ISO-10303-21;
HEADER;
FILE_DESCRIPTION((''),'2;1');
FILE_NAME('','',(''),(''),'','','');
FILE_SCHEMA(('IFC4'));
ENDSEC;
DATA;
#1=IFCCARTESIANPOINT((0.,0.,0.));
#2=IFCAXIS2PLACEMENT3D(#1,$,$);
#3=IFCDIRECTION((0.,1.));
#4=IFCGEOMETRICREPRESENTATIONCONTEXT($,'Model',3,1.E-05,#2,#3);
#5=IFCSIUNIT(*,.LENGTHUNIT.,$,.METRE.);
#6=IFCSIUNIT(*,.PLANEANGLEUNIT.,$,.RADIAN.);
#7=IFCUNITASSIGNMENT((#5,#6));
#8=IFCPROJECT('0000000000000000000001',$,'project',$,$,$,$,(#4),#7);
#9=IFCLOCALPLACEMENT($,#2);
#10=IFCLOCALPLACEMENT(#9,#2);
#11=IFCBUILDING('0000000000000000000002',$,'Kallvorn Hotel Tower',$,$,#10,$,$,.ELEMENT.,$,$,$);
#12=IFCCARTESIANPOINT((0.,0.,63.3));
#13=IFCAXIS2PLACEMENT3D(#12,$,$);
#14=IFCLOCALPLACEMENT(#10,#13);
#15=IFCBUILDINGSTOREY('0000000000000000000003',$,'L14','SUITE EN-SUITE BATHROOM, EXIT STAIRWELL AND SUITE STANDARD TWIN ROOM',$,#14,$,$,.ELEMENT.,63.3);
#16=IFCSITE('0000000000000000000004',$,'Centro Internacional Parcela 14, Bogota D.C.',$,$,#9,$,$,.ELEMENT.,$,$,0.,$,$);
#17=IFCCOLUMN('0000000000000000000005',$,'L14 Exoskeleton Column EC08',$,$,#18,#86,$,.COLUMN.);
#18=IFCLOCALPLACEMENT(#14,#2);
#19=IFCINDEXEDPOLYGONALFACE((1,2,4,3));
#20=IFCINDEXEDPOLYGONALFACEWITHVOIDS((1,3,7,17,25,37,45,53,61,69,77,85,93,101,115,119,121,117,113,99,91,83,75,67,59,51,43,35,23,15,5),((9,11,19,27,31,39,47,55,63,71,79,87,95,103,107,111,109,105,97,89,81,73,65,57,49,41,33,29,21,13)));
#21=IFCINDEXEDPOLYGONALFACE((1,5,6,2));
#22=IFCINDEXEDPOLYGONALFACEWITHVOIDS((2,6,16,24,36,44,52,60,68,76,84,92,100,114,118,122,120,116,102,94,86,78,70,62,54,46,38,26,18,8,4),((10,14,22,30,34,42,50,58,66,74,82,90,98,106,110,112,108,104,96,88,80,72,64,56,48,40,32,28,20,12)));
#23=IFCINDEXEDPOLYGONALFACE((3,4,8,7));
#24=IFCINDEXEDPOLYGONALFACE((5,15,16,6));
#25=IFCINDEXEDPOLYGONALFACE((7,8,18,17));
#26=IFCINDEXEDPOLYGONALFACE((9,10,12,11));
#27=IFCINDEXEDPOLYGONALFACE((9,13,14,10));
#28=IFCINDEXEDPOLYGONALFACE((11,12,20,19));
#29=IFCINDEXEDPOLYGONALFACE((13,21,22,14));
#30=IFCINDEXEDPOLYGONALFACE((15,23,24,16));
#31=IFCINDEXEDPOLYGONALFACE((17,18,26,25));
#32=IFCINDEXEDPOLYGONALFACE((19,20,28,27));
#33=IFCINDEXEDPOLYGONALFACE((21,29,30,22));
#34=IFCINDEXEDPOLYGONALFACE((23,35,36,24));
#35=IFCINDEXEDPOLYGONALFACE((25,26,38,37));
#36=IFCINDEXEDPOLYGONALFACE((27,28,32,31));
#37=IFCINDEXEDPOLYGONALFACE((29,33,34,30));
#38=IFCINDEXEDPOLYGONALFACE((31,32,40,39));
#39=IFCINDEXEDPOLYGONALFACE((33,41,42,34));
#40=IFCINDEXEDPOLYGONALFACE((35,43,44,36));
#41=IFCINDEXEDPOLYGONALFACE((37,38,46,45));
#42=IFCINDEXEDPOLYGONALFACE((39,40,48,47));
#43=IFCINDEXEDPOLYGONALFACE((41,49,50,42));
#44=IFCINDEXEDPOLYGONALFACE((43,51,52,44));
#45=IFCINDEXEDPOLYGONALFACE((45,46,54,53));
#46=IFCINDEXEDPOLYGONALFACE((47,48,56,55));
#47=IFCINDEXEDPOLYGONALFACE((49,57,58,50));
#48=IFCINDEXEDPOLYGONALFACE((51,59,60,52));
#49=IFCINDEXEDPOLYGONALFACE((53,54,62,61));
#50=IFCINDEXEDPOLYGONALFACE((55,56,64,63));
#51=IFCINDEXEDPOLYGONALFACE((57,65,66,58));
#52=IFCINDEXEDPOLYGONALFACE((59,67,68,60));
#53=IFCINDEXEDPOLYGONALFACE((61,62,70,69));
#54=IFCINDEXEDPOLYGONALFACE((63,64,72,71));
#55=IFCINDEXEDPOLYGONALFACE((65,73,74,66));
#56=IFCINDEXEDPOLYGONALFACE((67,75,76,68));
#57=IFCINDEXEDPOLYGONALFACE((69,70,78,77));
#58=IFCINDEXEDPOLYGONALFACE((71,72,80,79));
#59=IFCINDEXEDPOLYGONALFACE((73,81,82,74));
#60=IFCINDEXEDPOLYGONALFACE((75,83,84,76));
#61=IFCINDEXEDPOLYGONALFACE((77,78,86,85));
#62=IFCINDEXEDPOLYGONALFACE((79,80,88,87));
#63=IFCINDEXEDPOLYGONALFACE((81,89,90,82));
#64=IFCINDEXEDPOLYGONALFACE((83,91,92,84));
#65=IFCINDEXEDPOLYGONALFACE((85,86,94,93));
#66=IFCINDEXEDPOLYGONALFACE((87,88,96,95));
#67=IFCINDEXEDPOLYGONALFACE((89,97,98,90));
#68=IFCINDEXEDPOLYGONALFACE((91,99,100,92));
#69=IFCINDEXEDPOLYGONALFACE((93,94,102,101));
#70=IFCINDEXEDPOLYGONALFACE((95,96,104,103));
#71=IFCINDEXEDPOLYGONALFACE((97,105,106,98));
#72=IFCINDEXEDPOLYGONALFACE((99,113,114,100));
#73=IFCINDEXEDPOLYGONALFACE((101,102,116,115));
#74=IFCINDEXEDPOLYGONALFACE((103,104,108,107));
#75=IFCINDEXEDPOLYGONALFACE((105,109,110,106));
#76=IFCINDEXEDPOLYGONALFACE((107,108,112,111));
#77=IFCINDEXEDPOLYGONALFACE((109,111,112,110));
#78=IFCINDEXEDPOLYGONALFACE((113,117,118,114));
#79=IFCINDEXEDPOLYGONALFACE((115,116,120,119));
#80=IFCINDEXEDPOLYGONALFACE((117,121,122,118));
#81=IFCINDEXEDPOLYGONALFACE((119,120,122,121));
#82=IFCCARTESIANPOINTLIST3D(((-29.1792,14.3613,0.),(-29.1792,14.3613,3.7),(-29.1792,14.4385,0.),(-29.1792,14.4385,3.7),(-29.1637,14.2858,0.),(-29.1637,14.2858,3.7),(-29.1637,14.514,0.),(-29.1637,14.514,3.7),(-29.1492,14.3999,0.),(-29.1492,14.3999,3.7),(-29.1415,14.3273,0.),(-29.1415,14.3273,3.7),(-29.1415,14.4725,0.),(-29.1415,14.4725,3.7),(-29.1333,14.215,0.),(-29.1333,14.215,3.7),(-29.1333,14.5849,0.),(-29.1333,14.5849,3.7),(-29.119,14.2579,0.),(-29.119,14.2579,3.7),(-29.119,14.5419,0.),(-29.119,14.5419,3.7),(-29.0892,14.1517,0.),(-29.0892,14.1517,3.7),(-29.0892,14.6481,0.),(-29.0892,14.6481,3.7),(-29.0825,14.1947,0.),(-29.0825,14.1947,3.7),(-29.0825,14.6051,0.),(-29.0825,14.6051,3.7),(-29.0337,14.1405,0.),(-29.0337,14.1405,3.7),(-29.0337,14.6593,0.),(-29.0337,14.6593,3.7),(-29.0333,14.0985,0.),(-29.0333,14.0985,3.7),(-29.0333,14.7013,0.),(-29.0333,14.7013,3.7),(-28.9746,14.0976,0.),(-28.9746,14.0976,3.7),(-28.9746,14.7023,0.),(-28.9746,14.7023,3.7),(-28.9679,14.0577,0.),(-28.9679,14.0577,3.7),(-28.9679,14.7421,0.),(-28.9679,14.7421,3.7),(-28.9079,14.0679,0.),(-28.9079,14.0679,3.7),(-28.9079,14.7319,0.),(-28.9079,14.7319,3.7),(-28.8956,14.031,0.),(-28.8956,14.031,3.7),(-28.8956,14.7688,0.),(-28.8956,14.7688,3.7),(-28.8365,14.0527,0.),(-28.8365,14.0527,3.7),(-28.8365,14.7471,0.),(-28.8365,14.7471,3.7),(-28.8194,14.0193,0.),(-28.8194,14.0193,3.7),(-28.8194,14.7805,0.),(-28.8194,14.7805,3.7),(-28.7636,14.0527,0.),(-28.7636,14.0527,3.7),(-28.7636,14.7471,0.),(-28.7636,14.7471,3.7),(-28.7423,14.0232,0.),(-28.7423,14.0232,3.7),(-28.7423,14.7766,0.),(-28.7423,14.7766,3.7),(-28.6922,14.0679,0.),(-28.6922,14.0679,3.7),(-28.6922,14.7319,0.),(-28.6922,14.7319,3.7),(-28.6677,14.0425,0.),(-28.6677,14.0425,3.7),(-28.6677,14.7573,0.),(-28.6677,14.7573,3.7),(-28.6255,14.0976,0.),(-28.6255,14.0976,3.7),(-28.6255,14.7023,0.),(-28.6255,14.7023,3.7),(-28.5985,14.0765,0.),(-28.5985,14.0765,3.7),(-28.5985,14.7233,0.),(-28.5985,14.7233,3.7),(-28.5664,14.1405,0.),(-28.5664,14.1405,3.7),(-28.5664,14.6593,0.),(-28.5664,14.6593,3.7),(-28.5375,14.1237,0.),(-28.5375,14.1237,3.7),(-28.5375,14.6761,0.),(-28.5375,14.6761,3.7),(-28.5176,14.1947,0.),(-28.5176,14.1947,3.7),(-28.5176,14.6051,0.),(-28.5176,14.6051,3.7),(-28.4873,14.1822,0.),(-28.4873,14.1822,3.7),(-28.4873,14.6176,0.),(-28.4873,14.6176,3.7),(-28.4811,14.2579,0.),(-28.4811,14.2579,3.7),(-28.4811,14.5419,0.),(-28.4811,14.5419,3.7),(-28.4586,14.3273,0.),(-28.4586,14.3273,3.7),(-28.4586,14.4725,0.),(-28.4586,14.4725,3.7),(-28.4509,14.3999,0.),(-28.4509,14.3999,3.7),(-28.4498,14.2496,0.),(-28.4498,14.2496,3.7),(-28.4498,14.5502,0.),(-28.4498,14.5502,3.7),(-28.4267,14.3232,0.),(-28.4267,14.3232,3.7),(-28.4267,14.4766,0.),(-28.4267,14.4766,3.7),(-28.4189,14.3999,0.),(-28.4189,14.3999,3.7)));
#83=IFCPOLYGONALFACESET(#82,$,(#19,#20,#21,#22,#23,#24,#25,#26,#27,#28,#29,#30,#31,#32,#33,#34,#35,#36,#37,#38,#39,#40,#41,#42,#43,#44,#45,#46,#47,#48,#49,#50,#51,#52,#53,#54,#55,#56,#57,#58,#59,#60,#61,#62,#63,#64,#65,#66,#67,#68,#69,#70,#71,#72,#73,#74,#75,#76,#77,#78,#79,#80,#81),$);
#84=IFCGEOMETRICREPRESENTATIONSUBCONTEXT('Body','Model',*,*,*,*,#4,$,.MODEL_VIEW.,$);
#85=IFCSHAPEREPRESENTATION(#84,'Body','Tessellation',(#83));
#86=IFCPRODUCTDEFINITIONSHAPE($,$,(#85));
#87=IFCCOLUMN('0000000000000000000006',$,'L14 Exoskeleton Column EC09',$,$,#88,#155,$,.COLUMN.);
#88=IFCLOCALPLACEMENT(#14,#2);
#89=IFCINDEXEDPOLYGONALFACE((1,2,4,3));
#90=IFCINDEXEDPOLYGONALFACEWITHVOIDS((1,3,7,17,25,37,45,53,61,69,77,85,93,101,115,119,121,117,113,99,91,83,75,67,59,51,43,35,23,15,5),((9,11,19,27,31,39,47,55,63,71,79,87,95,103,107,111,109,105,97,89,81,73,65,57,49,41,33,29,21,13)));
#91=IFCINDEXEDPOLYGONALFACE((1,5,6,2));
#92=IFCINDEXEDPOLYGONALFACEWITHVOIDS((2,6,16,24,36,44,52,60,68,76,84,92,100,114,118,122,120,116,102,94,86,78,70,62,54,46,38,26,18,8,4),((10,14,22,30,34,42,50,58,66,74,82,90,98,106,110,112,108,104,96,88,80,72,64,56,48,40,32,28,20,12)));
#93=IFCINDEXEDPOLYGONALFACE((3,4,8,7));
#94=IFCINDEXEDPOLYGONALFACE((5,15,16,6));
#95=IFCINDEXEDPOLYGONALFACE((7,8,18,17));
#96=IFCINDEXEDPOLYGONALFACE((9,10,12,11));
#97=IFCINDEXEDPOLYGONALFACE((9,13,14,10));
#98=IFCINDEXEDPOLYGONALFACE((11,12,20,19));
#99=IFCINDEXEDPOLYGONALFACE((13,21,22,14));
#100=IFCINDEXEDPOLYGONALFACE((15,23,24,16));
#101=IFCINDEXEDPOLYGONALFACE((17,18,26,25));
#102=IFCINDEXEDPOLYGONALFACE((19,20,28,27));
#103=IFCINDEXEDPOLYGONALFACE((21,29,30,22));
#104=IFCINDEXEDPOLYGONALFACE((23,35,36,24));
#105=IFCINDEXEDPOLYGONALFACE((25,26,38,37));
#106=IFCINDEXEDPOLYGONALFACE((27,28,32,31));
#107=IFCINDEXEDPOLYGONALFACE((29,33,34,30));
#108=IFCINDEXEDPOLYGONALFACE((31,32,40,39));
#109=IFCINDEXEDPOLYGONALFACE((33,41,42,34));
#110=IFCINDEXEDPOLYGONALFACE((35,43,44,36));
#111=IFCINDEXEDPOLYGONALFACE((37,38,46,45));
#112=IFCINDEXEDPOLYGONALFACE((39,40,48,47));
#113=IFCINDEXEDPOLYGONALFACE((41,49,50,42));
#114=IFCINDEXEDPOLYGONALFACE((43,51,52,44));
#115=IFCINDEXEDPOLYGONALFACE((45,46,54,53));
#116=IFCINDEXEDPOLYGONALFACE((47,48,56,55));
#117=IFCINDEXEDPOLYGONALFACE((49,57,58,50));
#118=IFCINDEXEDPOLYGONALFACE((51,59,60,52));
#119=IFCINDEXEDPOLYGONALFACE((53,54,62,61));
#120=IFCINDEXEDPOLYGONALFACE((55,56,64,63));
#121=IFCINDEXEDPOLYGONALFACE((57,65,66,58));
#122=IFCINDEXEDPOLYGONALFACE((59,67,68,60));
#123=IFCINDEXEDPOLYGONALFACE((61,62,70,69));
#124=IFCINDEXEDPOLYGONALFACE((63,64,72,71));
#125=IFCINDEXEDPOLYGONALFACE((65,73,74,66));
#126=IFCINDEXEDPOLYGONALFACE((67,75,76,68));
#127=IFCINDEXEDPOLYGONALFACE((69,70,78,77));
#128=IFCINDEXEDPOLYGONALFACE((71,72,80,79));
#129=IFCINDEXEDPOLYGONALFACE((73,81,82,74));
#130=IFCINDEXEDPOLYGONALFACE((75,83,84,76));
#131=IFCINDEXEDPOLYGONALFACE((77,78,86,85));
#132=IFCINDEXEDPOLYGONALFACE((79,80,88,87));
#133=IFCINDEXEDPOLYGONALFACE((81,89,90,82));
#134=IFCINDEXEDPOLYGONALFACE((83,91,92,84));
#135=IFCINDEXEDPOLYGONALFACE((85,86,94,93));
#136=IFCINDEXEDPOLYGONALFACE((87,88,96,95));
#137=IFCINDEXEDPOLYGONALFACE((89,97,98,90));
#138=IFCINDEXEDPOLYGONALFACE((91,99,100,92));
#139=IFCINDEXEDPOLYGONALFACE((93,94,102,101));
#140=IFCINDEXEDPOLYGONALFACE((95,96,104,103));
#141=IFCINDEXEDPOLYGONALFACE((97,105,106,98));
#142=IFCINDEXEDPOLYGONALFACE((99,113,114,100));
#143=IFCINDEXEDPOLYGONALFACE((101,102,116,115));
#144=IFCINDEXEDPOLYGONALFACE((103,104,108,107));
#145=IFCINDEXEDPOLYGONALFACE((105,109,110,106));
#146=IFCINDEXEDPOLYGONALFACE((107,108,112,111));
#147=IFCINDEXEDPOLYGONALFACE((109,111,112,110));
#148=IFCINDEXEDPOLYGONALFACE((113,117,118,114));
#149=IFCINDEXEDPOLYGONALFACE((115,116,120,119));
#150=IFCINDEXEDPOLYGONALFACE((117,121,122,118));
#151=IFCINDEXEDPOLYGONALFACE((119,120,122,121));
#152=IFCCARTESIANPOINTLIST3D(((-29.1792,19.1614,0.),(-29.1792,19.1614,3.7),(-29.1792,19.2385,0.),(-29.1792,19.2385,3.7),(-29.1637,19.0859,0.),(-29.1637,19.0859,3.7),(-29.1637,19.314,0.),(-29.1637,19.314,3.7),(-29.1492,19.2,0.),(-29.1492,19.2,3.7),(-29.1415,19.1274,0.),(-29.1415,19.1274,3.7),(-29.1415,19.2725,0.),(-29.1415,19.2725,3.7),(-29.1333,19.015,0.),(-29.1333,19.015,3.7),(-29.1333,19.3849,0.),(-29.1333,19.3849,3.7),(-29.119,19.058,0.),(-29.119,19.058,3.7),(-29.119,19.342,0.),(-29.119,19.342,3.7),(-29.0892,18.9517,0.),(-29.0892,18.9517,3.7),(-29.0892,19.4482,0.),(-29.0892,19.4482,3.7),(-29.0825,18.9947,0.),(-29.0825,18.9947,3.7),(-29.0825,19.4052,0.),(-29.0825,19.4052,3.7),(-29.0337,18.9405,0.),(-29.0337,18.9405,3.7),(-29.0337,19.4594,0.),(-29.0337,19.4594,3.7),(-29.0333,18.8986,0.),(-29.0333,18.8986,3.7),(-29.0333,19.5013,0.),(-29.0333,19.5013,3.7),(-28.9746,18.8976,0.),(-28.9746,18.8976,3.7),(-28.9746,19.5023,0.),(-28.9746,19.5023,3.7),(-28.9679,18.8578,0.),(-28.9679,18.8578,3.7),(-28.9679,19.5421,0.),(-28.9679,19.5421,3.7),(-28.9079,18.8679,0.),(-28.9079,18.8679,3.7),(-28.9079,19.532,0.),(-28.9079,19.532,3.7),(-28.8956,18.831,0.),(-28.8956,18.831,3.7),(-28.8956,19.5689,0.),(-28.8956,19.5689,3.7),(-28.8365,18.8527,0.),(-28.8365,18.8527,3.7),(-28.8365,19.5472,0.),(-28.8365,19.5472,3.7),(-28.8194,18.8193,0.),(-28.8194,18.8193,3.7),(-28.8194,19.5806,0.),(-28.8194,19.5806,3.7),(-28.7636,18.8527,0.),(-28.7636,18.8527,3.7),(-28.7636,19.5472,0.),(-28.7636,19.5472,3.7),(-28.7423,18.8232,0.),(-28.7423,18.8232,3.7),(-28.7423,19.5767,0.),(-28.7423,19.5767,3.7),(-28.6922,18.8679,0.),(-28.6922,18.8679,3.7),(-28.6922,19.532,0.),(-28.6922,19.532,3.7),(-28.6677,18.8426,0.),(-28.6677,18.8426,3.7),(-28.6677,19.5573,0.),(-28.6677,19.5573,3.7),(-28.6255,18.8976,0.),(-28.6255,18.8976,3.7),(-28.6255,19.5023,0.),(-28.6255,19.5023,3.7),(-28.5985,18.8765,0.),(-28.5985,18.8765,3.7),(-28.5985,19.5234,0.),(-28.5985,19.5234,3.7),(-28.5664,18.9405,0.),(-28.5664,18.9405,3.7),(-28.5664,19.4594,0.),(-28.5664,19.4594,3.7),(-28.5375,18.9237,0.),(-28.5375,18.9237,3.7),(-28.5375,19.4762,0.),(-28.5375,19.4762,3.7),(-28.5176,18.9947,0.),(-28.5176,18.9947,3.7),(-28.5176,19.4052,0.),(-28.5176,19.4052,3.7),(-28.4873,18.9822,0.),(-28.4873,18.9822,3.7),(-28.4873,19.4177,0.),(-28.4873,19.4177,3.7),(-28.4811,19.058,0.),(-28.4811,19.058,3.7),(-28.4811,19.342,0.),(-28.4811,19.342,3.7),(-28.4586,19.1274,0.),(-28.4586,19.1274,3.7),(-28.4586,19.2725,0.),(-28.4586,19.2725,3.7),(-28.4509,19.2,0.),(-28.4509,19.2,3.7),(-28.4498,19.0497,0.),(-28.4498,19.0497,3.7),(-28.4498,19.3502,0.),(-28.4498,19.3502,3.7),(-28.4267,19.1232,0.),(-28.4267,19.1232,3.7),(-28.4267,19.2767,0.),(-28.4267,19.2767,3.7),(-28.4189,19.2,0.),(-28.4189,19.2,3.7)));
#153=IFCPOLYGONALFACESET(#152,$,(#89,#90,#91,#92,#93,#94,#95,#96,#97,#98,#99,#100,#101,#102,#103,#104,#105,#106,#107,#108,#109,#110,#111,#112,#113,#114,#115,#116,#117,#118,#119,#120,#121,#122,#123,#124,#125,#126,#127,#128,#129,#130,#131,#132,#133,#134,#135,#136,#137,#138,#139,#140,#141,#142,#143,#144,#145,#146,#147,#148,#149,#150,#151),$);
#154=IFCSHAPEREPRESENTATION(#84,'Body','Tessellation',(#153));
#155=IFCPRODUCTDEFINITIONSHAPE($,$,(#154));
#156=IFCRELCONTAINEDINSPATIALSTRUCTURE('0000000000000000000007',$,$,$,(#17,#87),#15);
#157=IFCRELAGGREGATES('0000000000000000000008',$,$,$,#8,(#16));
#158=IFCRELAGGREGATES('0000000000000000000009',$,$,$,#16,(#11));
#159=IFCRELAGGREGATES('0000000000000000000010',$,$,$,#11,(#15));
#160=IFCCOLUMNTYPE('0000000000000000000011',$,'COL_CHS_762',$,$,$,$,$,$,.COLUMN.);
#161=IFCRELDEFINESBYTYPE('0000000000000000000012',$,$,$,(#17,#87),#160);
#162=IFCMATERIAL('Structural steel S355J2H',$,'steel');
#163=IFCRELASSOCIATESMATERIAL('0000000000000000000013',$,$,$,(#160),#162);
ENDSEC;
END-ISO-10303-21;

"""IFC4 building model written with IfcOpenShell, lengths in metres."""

from ifc_helpers import new_model, si_unit, direction, frame, origin, origin_2d, place, context, subcontext, project, spatial, hollow_circle, extrude, material, material_profile, profile_set, type_object, element, save


model = new_model("IFC4")

# Units and contexts
model_context = context("Model", 3, precision=1e-05, world=origin(), true_north=direction((0.0, 1.0)))
body_context = subcontext(model_context, "Body", "Model", "MODEL_VIEW")
ifc_project = project(units=[si_unit("LENGTHUNIT", "METRE"), si_unit("PLANEANGLEUNIT", "RADIAN")], contexts=[model_context])

# Site, building, storey
site_placement = place(None, origin())
site = spatial("IfcSite", under=ifc_project, at=site_placement, Name="Centro Internacional Parcela 14, Bogota D.C.", CompositionType="ELEMENT", RefElevation=0.0)
building_placement = place(site_placement, origin())
building = spatial("IfcBuilding", under=site, at=building_placement, Name="Kallvorn Hotel Tower", CompositionType="ELEMENT")
storey_placement = place(building_placement, frame((0.0, 0.0, 63.3)))
storey = spatial("IfcBuildingStorey", under=building, at=storey_placement, Name="L14", Description="SUITE EN-SUITE BATHROOM, EXIT STAIRWELL AND SUITE STANDARD TWIN ROOM", CompositionType="ELEMENT", Elevation=63.3)

# Columns
ifc_material_1 = material(Name="Structural steel S355J2H", Category="steel")
ifc_material_profile_1 = material_profile(ifc_material_1, hollow_circle(Radius=0.3811, WallThickness=0.032, at=origin_2d()), Name="CHS 762x32")
ifc_profile_set_1 = profile_set([ifc_material_profile_1], Name="Structural steel S355J2H")
column_type_1 = type_object("IfcColumnType", Name="COL_CHS_762", PredefinedType="COLUMN", material=ifc_profile_set_1)
for number, where, z_axis, x_axis, name in (
    (1, (-28.8, 14.3999, 0.0), (0.0, 0.0, 1.0), (1.0, 0.0, 0.0), "L14 Exoskeleton Column EC08"),
    (2, (-28.8, 19.2, 0.0), (0.0, 0.0, 1.0), (1.0, 0.0, 0.0), "L14 Exoskeleton Column EC09"),
):
    element("IfcColumn", number, at=place(storey_placement, frame(where, z_axis=z_axis, x_axis=x_axis)), inside=storey, type_object=column_type_1, Name=name, PredefinedType="COLUMN", context=body_context, shape_type="SweptSolid", body=[
        extrude(hollow_circle(Radius=0.3811, WallThickness=0.032, at=origin_2d()), origin(), (0.0, 0.0, 1.0), 3.7),
    ])

save(model, "model.ifc")
